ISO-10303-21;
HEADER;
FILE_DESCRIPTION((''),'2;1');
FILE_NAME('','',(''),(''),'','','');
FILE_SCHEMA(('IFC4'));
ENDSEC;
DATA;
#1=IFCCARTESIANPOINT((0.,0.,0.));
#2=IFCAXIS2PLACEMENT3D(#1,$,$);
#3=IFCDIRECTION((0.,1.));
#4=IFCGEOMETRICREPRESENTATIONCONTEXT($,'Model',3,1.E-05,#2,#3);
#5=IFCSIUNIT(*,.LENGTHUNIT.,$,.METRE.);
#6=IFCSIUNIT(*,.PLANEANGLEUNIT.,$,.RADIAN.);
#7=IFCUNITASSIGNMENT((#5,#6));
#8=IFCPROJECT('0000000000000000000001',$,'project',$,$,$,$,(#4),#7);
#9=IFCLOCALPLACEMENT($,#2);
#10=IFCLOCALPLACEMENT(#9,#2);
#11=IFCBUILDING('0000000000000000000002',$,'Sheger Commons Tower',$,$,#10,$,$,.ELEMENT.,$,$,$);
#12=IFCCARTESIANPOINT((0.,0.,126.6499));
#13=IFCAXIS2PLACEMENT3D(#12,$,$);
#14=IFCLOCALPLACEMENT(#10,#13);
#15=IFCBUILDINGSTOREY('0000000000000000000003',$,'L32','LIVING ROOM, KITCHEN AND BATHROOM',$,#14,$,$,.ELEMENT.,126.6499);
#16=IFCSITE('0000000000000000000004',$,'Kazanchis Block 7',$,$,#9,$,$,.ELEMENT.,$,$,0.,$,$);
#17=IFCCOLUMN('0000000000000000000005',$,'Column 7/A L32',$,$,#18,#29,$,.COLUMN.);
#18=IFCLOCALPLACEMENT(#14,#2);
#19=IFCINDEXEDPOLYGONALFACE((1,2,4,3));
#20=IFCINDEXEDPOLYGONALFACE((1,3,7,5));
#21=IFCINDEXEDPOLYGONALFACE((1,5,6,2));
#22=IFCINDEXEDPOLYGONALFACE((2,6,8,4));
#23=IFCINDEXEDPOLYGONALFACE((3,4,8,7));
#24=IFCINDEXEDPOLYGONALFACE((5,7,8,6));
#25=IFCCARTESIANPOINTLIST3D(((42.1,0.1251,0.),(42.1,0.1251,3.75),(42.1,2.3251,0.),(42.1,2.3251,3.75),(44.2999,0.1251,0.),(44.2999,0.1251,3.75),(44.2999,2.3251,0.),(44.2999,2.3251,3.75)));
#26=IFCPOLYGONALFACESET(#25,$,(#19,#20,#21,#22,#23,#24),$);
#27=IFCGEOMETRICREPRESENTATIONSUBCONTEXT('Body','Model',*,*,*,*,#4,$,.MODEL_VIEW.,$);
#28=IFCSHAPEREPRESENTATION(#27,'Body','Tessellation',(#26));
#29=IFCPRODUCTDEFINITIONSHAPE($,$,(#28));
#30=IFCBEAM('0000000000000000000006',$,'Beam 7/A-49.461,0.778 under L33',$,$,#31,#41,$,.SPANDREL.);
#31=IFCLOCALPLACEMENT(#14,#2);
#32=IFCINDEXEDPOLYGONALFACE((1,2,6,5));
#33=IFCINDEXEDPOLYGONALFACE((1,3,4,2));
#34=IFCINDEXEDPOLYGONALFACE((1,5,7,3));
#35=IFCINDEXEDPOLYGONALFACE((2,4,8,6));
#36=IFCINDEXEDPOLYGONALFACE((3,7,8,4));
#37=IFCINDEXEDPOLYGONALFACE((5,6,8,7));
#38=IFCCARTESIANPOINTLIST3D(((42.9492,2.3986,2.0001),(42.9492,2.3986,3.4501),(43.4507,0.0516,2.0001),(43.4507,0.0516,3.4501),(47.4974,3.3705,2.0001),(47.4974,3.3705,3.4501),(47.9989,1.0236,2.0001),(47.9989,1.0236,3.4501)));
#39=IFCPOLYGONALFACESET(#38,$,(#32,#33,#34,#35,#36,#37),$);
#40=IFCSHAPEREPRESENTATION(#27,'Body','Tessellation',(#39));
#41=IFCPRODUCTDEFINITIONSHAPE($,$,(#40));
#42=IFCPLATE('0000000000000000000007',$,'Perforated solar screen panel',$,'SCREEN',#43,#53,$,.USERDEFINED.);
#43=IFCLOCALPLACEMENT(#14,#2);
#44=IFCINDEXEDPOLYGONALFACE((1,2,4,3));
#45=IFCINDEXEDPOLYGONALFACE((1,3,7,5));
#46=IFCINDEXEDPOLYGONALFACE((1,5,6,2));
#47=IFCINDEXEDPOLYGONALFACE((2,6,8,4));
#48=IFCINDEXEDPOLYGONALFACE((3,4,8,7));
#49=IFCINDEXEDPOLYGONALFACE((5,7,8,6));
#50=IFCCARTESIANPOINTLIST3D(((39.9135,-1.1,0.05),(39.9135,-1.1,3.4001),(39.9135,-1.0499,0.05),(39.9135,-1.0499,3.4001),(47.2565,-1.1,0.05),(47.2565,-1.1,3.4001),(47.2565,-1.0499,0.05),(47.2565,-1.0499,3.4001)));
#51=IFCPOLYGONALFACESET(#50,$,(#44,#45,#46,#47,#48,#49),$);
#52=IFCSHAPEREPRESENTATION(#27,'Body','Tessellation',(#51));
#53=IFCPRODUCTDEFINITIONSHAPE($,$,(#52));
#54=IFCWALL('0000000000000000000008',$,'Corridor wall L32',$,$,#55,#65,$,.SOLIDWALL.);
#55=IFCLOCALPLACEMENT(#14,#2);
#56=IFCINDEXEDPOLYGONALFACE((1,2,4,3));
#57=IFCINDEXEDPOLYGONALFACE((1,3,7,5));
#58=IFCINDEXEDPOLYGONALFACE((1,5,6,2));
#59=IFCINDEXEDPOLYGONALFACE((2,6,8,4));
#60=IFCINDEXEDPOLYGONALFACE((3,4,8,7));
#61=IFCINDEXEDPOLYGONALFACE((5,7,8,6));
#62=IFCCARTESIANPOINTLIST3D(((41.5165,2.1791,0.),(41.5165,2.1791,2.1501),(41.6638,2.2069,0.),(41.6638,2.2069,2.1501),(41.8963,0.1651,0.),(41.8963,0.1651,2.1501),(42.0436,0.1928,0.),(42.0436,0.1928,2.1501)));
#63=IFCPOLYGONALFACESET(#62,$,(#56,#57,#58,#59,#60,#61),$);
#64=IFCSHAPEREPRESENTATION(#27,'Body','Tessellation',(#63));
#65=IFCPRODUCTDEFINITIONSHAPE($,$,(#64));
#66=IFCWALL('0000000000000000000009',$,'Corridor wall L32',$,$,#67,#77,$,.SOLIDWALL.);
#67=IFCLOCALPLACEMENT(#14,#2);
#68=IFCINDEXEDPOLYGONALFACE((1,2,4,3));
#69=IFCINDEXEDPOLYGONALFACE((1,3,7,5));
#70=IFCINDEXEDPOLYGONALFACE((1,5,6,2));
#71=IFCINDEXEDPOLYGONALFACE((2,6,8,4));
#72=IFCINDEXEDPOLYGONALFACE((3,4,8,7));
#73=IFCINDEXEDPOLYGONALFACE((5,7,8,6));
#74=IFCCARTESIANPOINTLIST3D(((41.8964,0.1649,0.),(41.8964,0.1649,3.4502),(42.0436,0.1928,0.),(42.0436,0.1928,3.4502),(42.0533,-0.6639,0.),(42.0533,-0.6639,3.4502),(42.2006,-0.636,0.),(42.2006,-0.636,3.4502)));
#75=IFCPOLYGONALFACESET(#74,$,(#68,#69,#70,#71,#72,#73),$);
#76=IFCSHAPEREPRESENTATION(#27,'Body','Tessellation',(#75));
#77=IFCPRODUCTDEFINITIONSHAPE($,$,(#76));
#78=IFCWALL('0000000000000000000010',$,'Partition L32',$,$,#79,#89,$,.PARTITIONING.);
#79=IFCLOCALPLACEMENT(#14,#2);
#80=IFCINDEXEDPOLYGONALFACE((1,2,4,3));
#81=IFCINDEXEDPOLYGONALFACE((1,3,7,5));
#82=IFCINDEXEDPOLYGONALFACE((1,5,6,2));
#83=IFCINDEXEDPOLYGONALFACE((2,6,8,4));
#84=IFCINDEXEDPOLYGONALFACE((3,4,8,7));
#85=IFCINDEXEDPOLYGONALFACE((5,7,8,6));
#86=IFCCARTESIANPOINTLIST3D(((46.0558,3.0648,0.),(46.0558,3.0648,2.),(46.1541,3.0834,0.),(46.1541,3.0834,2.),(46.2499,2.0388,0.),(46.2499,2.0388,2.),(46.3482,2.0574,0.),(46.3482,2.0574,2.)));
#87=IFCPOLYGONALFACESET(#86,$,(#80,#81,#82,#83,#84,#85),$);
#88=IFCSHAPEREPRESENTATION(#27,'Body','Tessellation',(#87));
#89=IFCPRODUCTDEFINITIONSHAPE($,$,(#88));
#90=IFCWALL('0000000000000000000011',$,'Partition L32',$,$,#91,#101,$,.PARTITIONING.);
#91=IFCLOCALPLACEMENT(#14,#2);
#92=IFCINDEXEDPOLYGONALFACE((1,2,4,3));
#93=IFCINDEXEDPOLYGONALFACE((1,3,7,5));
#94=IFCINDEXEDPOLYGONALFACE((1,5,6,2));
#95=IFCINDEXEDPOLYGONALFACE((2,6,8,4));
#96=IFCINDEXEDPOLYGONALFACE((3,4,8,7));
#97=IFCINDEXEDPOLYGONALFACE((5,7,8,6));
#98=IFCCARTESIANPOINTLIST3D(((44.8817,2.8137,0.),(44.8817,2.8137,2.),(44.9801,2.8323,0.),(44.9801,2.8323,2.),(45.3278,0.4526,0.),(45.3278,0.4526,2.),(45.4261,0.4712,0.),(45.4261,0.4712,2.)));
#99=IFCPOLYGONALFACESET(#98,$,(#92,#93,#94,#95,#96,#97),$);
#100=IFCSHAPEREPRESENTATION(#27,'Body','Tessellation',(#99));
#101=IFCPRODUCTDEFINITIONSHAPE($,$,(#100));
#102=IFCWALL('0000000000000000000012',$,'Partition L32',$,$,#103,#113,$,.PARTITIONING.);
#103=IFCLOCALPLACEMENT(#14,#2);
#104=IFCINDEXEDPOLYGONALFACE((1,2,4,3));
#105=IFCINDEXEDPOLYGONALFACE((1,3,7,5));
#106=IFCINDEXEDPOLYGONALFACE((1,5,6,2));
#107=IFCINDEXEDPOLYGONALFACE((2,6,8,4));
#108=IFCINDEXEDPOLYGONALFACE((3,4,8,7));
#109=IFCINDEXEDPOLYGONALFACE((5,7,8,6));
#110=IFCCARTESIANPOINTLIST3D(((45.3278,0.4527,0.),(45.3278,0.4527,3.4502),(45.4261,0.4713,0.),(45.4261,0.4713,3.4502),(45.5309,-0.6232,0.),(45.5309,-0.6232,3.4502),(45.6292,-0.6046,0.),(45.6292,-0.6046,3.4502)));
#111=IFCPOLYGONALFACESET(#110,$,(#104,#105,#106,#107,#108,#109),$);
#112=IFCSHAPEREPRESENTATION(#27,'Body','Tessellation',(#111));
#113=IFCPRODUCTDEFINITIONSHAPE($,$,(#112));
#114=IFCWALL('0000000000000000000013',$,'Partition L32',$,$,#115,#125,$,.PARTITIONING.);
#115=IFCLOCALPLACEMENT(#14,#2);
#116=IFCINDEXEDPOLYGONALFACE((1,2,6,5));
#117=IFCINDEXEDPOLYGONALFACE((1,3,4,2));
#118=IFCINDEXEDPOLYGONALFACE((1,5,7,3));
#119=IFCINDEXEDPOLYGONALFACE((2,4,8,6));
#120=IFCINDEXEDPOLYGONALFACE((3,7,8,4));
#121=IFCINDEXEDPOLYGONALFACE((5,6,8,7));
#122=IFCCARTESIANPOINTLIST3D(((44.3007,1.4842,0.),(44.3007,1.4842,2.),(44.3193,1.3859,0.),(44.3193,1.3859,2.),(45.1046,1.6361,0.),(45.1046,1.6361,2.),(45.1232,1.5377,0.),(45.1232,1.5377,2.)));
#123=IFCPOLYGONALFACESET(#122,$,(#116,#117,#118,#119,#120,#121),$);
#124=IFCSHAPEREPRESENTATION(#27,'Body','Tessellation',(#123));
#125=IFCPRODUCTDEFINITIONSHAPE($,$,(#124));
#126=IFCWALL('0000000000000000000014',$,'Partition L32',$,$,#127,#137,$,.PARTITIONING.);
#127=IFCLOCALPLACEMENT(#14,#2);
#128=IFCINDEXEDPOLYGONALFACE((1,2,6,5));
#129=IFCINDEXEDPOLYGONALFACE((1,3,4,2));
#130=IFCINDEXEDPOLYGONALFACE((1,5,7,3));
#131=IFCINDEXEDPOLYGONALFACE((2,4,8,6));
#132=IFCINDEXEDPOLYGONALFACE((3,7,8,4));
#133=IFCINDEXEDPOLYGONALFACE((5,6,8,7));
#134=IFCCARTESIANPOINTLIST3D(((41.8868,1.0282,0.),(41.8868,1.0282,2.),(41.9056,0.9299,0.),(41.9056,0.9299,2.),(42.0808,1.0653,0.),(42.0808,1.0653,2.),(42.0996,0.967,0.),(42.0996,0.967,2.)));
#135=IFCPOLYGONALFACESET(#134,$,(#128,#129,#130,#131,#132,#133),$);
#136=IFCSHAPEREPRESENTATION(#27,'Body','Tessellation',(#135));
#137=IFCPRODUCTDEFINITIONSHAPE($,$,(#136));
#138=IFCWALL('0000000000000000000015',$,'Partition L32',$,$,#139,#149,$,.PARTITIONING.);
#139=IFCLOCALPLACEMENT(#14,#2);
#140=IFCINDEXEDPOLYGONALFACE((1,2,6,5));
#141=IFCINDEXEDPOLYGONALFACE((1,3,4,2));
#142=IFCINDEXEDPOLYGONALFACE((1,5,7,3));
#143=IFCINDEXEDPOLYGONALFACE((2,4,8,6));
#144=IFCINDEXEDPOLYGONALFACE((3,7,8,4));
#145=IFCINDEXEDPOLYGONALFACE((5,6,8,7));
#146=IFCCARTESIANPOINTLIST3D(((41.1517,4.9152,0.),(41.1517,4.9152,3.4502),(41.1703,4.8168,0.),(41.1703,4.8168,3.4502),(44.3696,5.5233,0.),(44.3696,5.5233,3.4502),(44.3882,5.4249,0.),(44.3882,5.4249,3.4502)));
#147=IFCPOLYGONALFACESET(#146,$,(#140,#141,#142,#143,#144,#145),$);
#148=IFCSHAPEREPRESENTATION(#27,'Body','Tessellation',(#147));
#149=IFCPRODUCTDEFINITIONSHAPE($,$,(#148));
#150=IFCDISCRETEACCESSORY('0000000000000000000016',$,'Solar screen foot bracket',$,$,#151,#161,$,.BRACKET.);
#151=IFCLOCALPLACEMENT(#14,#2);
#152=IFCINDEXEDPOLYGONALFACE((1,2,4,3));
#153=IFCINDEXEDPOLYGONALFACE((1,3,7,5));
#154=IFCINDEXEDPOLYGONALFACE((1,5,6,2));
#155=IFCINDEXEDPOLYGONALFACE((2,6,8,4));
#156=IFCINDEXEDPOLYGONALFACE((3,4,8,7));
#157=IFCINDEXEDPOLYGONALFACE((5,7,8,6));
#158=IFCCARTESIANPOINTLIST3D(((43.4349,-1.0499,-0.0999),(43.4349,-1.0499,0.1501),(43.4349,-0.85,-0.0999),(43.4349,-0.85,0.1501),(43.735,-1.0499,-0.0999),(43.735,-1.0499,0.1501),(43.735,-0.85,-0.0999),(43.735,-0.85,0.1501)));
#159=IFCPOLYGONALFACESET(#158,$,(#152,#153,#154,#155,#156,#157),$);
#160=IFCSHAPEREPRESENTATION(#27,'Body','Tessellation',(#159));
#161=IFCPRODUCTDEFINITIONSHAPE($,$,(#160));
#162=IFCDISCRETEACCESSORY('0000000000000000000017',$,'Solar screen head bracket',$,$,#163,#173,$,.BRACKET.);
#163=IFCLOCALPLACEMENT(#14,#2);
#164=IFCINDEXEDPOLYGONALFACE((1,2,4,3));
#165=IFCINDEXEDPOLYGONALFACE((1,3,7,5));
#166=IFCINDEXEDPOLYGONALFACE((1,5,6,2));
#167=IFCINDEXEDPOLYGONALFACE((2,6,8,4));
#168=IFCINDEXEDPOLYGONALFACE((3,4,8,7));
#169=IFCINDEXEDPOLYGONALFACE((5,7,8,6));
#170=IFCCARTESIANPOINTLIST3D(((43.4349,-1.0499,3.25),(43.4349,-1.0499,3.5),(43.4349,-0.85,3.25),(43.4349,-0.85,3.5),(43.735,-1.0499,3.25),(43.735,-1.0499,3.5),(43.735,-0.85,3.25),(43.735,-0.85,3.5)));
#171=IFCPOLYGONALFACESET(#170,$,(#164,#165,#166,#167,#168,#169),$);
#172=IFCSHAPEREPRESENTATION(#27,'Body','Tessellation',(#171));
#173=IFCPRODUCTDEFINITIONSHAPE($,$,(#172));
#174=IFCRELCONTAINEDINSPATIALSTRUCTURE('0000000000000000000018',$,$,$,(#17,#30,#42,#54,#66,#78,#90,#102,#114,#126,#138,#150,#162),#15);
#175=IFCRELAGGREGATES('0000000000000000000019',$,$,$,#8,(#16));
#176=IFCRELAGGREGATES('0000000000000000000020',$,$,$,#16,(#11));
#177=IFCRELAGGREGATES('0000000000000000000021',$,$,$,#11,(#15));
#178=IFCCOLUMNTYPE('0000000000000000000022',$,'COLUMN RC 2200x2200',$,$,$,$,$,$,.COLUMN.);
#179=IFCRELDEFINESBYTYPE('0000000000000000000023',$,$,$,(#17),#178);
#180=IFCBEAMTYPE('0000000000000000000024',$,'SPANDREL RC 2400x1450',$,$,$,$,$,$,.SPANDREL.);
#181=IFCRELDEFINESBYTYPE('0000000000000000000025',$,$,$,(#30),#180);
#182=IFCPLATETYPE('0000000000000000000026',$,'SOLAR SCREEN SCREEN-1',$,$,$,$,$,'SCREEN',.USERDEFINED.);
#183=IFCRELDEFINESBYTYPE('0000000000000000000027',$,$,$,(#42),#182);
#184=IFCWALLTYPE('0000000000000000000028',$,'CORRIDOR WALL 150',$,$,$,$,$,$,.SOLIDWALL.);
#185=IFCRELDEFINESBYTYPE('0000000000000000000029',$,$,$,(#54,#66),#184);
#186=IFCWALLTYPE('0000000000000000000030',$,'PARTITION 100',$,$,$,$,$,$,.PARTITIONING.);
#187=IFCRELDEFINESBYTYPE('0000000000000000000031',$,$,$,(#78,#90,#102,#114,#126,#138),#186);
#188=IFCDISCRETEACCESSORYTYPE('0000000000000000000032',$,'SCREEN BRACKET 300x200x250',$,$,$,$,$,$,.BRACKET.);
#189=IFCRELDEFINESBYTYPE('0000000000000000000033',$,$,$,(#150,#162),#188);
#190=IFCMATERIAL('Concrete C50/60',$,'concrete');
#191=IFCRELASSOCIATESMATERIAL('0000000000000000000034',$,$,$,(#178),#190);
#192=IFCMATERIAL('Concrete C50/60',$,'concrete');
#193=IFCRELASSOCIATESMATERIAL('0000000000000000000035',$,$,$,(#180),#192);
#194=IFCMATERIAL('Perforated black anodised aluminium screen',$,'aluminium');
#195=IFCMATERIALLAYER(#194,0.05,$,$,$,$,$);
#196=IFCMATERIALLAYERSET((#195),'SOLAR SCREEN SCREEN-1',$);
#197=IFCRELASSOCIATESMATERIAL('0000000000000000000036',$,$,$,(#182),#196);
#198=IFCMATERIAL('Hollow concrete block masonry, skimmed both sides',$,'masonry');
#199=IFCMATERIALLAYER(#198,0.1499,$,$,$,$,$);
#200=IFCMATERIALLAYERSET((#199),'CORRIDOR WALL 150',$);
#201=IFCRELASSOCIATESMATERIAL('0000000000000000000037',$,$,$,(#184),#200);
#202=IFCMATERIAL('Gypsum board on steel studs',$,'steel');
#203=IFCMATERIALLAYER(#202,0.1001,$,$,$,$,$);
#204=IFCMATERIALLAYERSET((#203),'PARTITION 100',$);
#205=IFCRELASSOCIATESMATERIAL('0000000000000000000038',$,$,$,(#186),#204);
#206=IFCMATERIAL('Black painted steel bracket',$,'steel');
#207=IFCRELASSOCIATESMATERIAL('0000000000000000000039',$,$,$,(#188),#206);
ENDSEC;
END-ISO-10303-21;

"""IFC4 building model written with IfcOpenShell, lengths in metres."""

from ifc_helpers import new_model, si_unit, direction, frame, frame_2d, origin, origin_2d, place, context, subcontext, project, spatial, rectangle, extrude, material, layer, layer_set, material_profile, profile_set, type_object, element, save


model = new_model("IFC4")

# Units and contexts
model_context = context("Model", 3, precision=1e-05, world=origin(), true_north=direction((0.0, 1.0)))
body_context = subcontext(model_context, "Body", "Model", "MODEL_VIEW")
ifc_project = project(units=[si_unit("LENGTHUNIT", "METRE"), si_unit("PLANEANGLEUNIT", "RADIAN")], contexts=[model_context])

# Site, building, storey
site_placement = place(None, origin())
site = spatial("IfcSite", under=ifc_project, at=site_placement, Name="Kazanchis Block 7", CompositionType="ELEMENT", RefElevation=0.0)
building_placement = place(site_placement, origin())
building = spatial("IfcBuilding", under=site, at=building_placement, Name="Sheger Commons Tower", CompositionType="ELEMENT")
storey_placement = place(building_placement, frame((0.0, 0.0, 126.6499)))
storey = spatial("IfcBuildingStorey", under=building, at=storey_placement, Name="L32", Description="LIVING ROOM, KITCHEN AND BATHROOM", CompositionType="ELEMENT", Elevation=126.6499)

# Column
ifc_material_1 = material(Name="Concrete C50/60", Category="concrete")
ifc_material_profile_1 = material_profile(ifc_material_1, rectangle(XDim=2.2, YDim=2.2, at=origin_2d()), Name="RC 2200x2200")
ifc_profile_set_1 = profile_set([ifc_material_profile_1], Name="Concrete C50/60")
column_type = type_object("IfcColumnType", Name="COLUMN RC 2200x2200", PredefinedType="COLUMN", material=ifc_profile_set_1)
column_placement = place(storey_placement, frame((43.2, 1.2251, 0.0), z_axis=(0.0, 0.0, 1.0), x_axis=(1.0, 0.0, 0.0)))
element("IfcColumn", 1, at=column_placement, inside=storey, type_object=column_type, Name="Column 7/A L32", PredefinedType="COLUMN", context=body_context, shape_type="SweptSolid", body=[
    extrude(rectangle(XDim=2.2, YDim=2.2, at=origin_2d()), origin(), (0.0, 0.0, 1.0), 3.75),
])

# Beam
ifc_material_2 = material(Name="Concrete C50/60", Category="concrete")
ifc_material_profile_2 = material_profile(ifc_material_2, rectangle(XDim=2.3999, YDim=1.45, at=origin_2d()), Name="RC 2400x1450")
ifc_profile_set_2 = profile_set([ifc_material_profile_2], Name="Concrete C50/60")
beam_type = type_object("IfcBeamType", Name="SPANDREL RC 2400x1450", PredefinedType="SPANDREL", material=ifc_profile_set_2)
beam_placement = place(storey_placement, frame((43.2, 1.2251, 2.7251), z_axis=(0.97792, 0.208981, 0.0), x_axis=(-0.208981, 0.97792, 0.0)))
element("IfcBeam", 2, at=beam_placement, inside=storey, type_object=beam_type, Name="Beam 7/A-49.461,0.778 under L33", PredefinedType="SPANDREL", context=body_context, shape_type="SweptSolid", body=[
    extrude(rectangle(XDim=2.3999, YDim=1.45, at=origin_2d()), origin(), (0.0, 0.0, 1.0), 4.6509),
])

# Plate
ifc_material_3 = material(Name="Perforated black anodised aluminium screen", Category="aluminium")
ifc_layer_1 = layer(ifc_material_3, 0.05)
ifc_layer_set_1 = layer_set([ifc_layer_1], Name="SOLAR SCREEN SCREEN-1")
plate_type = type_object("IfcPlateType", Name="SOLAR SCREEN SCREEN-1", ElementType="SCREEN", PredefinedType="USERDEFINED", material=ifc_layer_set_1)
plate_placement = place(storey_placement, frame((43.585, -1.075, 0.05), z_axis=(0.0, 0.0, 1.0), x_axis=(1.0, 0.0, 0.0)))
element("IfcPlate", 3, at=plate_placement, inside=storey, type_object=plate_type, Name="Perforated solar screen panel", ObjectType="SCREEN", PredefinedType="USERDEFINED", context=body_context, shape_type="SweptSolid", body=[
    extrude(rectangle(XDim=7.343, YDim=0.05, at=origin_2d()), origin(), (0.0, 0.0, 1.0), 3.3501),
])

# Walls
ifc_material_4 = material(Name="Hollow concrete block masonry, skimmed both sides", Category="masonry")
ifc_layer_2 = layer(ifc_material_4, 0.1499)
ifc_layer_set_2 = layer_set([ifc_layer_2], Name="CORRIDOR WALL 150")
wall_type_1 = type_object("IfcWallType", Name="CORRIDOR WALL 150", PredefinedType="SOLIDWALL", material=ifc_layer_set_2)
wall_1_placement = place(storey_placement, frame((41.5901, 2.1931, 0.0), z_axis=(0.0, 0.0, 1.0), x_axis=(0.185338, -0.982675, 0.0)))
element("IfcWall", 4, at=wall_1_placement, inside=storey, type_object=wall_type_1, Name="Corridor wall L32", PredefinedType="SOLIDWALL", context=body_context, shape_type="SweptSolid", body=[
    extrude(rectangle(XDim=2.0496, YDim=0.1499, at=frame_2d((1.0249, 0.0))), origin(), (0.0, 0.0, 1.0), 2.1501),
])
wall_2_placement = place(storey_placement, frame((41.97, 0.179, 0.0), z_axis=(0.0, 0.0, 1.0), x_axis=(0.186088, -0.982533, 0.0)))
element("IfcWall", 5, at=wall_2_placement, inside=storey, type_object=wall_type_1, Name="Corridor wall L32", PredefinedType="SOLIDWALL", context=body_context, shape_type="SweptSolid", body=[
    extrude(rectangle(XDim=0.8435, YDim=0.1499, at=frame_2d((0.4219, 0.0))), origin(), (0.0, 0.0, 1.0), 3.4502),
])
ifc_material_5 = material(Name="Gypsum board on steel studs", Category="steel")
ifc_layer_3 = layer(ifc_material_5, 0.1001)
ifc_layer_set_3 = layer_set([ifc_layer_3], Name="PARTITION 100")
wall_type_2 = type_object("IfcWallType", Name="PARTITION 100", PredefinedType="PARTITIONING", material=ifc_layer_set_3)
wall_3_placement = place(storey_placement, frame((46.105, 3.074, 0.0), z_axis=(0.0, 0.0, 1.0), x_axis=(0.185898, -0.982569, 0.0)))
element("IfcWall", 6, at=wall_3_placement, inside=storey, type_object=wall_type_2, Name="Partition L32", PredefinedType="PARTITIONING", context=body_context, shape_type="SweptSolid", body=[
    extrude(rectangle(XDim=1.0442, YDim=0.1001, at=frame_2d((0.522, 0.0))), origin(), (0.0, 0.0, 1.0), 2.0),
])
wall_4_placement = place(storey_placement, frame((44.9309, 2.823, 0.0), z_axis=(0.0, 0.0, 1.0), x_axis=(0.185632, -0.982619, 0.0)))
element("IfcWall", 7, at=wall_4_placement, inside=storey, type_object=wall_type_2, Name="Partition L32", PredefinedType="PARTITIONING", context=body_context, shape_type="SweptSolid", body=[
    extrude(rectangle(XDim=2.4028, YDim=0.1001, at=frame_2d((1.2014, 0.0))), origin(), (0.0, 0.0, 1.0), 2.0),
])
wall_5_placement = place(storey_placement, frame((45.377, 0.4619, 0.0), z_axis=(0.0, 0.0, 1.0), x_axis=(0.185513, -0.982642, 0.0)))
element("IfcWall", 8, at=wall_5_placement, inside=storey, type_object=wall_type_2, Name="Partition L32", PredefinedType="PARTITIONING", context=body_context, shape_type="SweptSolid", body=[
    extrude(rectangle(XDim=1.095, YDim=0.1001, at=frame_2d((0.5474, 0.0))), origin(), (0.0, 0.0, 1.0), 3.4502),
])
wall_6_placement = place(storey_placement, frame((45.114, 1.5869, 0.0), z_axis=(0.0, 0.0, 1.0), x_axis=(-0.982625, -0.185604, 0.0)))
element("IfcWall", 9, at=wall_6_placement, inside=storey, type_object=wall_type_2, Name="Partition L32", PredefinedType="PARTITIONING", context=body_context, shape_type="SweptSolid", body=[
    extrude(rectangle(XDim=0.8181, YDim=0.1001, at=frame_2d((0.4092, 0.0))), origin(), (0.0, 0.0, 1.0), 2.0),
])
wall_7_placement = place(storey_placement, frame((42.0901, 1.0161, 0.0), z_axis=(0.0, 0.0, 1.0), x_axis=(-0.982209, -0.187793, 0.0)))
element("IfcWall", 10, at=wall_7_placement, inside=storey, type_object=wall_type_2, Name="Partition L32", PredefinedType="PARTITIONING", context=body_context, shape_type="SweptSolid", body=[
    extrude(rectangle(XDim=0.1975, YDim=0.1001, at=frame_2d((0.0986, 0.0))), origin(), (0.0, 0.0, 1.0), 2.0),
])
wall_8_placement = place(storey_placement, frame((44.3789, 5.4741, 0.0), z_axis=(0.0, 0.0, 1.0), x_axis=(-0.982607, -0.185697, 0.0)))
element("IfcWall", 11, at=wall_8_placement, inside=storey, type_object=wall_type_2, Name="Partition L32", PredefinedType="PARTITIONING", context=body_context, shape_type="SweptSolid", body=[
    extrude(rectangle(XDim=3.2749, YDim=0.1001, at=frame_2d((1.6375, 0.0))), origin(), (0.0, 0.0, 1.0), 3.4502),
])

# Discrete accessories
ifc_material_6 = material(Name="Black painted steel bracket", Category="steel")
discrete_accessory_type = type_object("IfcDiscreteAccessoryType", Name="SCREEN BRACKET 300x200x250", PredefinedType="BRACKET", material=ifc_material_6)
for number, where, z_axis, x_axis, name in (
    (12, (43.585, -0.95, -0.0999), (0.0, 0.0, 1.0), (1.0, 0.0, 0.0), "Solar screen foot bracket"),
    (13, (43.585, -0.95, 3.25), (0.0, 0.0, 1.0), (1.0, 0.0, 0.0), "Solar screen head bracket"),
):
    element("IfcDiscreteAccessory", number, at=place(storey_placement, frame(where, z_axis=z_axis, x_axis=x_axis)), inside=storey, type_object=discrete_accessory_type, Name=name, PredefinedType="BRACKET", context=body_context, shape_type="SweptSolid", body=[
        extrude(rectangle(XDim=0.3, YDim=0.2, at=origin_2d()), origin(), (0.0, 0.0, 1.0), 0.25),
    ])

save(model, "model.ifc")
